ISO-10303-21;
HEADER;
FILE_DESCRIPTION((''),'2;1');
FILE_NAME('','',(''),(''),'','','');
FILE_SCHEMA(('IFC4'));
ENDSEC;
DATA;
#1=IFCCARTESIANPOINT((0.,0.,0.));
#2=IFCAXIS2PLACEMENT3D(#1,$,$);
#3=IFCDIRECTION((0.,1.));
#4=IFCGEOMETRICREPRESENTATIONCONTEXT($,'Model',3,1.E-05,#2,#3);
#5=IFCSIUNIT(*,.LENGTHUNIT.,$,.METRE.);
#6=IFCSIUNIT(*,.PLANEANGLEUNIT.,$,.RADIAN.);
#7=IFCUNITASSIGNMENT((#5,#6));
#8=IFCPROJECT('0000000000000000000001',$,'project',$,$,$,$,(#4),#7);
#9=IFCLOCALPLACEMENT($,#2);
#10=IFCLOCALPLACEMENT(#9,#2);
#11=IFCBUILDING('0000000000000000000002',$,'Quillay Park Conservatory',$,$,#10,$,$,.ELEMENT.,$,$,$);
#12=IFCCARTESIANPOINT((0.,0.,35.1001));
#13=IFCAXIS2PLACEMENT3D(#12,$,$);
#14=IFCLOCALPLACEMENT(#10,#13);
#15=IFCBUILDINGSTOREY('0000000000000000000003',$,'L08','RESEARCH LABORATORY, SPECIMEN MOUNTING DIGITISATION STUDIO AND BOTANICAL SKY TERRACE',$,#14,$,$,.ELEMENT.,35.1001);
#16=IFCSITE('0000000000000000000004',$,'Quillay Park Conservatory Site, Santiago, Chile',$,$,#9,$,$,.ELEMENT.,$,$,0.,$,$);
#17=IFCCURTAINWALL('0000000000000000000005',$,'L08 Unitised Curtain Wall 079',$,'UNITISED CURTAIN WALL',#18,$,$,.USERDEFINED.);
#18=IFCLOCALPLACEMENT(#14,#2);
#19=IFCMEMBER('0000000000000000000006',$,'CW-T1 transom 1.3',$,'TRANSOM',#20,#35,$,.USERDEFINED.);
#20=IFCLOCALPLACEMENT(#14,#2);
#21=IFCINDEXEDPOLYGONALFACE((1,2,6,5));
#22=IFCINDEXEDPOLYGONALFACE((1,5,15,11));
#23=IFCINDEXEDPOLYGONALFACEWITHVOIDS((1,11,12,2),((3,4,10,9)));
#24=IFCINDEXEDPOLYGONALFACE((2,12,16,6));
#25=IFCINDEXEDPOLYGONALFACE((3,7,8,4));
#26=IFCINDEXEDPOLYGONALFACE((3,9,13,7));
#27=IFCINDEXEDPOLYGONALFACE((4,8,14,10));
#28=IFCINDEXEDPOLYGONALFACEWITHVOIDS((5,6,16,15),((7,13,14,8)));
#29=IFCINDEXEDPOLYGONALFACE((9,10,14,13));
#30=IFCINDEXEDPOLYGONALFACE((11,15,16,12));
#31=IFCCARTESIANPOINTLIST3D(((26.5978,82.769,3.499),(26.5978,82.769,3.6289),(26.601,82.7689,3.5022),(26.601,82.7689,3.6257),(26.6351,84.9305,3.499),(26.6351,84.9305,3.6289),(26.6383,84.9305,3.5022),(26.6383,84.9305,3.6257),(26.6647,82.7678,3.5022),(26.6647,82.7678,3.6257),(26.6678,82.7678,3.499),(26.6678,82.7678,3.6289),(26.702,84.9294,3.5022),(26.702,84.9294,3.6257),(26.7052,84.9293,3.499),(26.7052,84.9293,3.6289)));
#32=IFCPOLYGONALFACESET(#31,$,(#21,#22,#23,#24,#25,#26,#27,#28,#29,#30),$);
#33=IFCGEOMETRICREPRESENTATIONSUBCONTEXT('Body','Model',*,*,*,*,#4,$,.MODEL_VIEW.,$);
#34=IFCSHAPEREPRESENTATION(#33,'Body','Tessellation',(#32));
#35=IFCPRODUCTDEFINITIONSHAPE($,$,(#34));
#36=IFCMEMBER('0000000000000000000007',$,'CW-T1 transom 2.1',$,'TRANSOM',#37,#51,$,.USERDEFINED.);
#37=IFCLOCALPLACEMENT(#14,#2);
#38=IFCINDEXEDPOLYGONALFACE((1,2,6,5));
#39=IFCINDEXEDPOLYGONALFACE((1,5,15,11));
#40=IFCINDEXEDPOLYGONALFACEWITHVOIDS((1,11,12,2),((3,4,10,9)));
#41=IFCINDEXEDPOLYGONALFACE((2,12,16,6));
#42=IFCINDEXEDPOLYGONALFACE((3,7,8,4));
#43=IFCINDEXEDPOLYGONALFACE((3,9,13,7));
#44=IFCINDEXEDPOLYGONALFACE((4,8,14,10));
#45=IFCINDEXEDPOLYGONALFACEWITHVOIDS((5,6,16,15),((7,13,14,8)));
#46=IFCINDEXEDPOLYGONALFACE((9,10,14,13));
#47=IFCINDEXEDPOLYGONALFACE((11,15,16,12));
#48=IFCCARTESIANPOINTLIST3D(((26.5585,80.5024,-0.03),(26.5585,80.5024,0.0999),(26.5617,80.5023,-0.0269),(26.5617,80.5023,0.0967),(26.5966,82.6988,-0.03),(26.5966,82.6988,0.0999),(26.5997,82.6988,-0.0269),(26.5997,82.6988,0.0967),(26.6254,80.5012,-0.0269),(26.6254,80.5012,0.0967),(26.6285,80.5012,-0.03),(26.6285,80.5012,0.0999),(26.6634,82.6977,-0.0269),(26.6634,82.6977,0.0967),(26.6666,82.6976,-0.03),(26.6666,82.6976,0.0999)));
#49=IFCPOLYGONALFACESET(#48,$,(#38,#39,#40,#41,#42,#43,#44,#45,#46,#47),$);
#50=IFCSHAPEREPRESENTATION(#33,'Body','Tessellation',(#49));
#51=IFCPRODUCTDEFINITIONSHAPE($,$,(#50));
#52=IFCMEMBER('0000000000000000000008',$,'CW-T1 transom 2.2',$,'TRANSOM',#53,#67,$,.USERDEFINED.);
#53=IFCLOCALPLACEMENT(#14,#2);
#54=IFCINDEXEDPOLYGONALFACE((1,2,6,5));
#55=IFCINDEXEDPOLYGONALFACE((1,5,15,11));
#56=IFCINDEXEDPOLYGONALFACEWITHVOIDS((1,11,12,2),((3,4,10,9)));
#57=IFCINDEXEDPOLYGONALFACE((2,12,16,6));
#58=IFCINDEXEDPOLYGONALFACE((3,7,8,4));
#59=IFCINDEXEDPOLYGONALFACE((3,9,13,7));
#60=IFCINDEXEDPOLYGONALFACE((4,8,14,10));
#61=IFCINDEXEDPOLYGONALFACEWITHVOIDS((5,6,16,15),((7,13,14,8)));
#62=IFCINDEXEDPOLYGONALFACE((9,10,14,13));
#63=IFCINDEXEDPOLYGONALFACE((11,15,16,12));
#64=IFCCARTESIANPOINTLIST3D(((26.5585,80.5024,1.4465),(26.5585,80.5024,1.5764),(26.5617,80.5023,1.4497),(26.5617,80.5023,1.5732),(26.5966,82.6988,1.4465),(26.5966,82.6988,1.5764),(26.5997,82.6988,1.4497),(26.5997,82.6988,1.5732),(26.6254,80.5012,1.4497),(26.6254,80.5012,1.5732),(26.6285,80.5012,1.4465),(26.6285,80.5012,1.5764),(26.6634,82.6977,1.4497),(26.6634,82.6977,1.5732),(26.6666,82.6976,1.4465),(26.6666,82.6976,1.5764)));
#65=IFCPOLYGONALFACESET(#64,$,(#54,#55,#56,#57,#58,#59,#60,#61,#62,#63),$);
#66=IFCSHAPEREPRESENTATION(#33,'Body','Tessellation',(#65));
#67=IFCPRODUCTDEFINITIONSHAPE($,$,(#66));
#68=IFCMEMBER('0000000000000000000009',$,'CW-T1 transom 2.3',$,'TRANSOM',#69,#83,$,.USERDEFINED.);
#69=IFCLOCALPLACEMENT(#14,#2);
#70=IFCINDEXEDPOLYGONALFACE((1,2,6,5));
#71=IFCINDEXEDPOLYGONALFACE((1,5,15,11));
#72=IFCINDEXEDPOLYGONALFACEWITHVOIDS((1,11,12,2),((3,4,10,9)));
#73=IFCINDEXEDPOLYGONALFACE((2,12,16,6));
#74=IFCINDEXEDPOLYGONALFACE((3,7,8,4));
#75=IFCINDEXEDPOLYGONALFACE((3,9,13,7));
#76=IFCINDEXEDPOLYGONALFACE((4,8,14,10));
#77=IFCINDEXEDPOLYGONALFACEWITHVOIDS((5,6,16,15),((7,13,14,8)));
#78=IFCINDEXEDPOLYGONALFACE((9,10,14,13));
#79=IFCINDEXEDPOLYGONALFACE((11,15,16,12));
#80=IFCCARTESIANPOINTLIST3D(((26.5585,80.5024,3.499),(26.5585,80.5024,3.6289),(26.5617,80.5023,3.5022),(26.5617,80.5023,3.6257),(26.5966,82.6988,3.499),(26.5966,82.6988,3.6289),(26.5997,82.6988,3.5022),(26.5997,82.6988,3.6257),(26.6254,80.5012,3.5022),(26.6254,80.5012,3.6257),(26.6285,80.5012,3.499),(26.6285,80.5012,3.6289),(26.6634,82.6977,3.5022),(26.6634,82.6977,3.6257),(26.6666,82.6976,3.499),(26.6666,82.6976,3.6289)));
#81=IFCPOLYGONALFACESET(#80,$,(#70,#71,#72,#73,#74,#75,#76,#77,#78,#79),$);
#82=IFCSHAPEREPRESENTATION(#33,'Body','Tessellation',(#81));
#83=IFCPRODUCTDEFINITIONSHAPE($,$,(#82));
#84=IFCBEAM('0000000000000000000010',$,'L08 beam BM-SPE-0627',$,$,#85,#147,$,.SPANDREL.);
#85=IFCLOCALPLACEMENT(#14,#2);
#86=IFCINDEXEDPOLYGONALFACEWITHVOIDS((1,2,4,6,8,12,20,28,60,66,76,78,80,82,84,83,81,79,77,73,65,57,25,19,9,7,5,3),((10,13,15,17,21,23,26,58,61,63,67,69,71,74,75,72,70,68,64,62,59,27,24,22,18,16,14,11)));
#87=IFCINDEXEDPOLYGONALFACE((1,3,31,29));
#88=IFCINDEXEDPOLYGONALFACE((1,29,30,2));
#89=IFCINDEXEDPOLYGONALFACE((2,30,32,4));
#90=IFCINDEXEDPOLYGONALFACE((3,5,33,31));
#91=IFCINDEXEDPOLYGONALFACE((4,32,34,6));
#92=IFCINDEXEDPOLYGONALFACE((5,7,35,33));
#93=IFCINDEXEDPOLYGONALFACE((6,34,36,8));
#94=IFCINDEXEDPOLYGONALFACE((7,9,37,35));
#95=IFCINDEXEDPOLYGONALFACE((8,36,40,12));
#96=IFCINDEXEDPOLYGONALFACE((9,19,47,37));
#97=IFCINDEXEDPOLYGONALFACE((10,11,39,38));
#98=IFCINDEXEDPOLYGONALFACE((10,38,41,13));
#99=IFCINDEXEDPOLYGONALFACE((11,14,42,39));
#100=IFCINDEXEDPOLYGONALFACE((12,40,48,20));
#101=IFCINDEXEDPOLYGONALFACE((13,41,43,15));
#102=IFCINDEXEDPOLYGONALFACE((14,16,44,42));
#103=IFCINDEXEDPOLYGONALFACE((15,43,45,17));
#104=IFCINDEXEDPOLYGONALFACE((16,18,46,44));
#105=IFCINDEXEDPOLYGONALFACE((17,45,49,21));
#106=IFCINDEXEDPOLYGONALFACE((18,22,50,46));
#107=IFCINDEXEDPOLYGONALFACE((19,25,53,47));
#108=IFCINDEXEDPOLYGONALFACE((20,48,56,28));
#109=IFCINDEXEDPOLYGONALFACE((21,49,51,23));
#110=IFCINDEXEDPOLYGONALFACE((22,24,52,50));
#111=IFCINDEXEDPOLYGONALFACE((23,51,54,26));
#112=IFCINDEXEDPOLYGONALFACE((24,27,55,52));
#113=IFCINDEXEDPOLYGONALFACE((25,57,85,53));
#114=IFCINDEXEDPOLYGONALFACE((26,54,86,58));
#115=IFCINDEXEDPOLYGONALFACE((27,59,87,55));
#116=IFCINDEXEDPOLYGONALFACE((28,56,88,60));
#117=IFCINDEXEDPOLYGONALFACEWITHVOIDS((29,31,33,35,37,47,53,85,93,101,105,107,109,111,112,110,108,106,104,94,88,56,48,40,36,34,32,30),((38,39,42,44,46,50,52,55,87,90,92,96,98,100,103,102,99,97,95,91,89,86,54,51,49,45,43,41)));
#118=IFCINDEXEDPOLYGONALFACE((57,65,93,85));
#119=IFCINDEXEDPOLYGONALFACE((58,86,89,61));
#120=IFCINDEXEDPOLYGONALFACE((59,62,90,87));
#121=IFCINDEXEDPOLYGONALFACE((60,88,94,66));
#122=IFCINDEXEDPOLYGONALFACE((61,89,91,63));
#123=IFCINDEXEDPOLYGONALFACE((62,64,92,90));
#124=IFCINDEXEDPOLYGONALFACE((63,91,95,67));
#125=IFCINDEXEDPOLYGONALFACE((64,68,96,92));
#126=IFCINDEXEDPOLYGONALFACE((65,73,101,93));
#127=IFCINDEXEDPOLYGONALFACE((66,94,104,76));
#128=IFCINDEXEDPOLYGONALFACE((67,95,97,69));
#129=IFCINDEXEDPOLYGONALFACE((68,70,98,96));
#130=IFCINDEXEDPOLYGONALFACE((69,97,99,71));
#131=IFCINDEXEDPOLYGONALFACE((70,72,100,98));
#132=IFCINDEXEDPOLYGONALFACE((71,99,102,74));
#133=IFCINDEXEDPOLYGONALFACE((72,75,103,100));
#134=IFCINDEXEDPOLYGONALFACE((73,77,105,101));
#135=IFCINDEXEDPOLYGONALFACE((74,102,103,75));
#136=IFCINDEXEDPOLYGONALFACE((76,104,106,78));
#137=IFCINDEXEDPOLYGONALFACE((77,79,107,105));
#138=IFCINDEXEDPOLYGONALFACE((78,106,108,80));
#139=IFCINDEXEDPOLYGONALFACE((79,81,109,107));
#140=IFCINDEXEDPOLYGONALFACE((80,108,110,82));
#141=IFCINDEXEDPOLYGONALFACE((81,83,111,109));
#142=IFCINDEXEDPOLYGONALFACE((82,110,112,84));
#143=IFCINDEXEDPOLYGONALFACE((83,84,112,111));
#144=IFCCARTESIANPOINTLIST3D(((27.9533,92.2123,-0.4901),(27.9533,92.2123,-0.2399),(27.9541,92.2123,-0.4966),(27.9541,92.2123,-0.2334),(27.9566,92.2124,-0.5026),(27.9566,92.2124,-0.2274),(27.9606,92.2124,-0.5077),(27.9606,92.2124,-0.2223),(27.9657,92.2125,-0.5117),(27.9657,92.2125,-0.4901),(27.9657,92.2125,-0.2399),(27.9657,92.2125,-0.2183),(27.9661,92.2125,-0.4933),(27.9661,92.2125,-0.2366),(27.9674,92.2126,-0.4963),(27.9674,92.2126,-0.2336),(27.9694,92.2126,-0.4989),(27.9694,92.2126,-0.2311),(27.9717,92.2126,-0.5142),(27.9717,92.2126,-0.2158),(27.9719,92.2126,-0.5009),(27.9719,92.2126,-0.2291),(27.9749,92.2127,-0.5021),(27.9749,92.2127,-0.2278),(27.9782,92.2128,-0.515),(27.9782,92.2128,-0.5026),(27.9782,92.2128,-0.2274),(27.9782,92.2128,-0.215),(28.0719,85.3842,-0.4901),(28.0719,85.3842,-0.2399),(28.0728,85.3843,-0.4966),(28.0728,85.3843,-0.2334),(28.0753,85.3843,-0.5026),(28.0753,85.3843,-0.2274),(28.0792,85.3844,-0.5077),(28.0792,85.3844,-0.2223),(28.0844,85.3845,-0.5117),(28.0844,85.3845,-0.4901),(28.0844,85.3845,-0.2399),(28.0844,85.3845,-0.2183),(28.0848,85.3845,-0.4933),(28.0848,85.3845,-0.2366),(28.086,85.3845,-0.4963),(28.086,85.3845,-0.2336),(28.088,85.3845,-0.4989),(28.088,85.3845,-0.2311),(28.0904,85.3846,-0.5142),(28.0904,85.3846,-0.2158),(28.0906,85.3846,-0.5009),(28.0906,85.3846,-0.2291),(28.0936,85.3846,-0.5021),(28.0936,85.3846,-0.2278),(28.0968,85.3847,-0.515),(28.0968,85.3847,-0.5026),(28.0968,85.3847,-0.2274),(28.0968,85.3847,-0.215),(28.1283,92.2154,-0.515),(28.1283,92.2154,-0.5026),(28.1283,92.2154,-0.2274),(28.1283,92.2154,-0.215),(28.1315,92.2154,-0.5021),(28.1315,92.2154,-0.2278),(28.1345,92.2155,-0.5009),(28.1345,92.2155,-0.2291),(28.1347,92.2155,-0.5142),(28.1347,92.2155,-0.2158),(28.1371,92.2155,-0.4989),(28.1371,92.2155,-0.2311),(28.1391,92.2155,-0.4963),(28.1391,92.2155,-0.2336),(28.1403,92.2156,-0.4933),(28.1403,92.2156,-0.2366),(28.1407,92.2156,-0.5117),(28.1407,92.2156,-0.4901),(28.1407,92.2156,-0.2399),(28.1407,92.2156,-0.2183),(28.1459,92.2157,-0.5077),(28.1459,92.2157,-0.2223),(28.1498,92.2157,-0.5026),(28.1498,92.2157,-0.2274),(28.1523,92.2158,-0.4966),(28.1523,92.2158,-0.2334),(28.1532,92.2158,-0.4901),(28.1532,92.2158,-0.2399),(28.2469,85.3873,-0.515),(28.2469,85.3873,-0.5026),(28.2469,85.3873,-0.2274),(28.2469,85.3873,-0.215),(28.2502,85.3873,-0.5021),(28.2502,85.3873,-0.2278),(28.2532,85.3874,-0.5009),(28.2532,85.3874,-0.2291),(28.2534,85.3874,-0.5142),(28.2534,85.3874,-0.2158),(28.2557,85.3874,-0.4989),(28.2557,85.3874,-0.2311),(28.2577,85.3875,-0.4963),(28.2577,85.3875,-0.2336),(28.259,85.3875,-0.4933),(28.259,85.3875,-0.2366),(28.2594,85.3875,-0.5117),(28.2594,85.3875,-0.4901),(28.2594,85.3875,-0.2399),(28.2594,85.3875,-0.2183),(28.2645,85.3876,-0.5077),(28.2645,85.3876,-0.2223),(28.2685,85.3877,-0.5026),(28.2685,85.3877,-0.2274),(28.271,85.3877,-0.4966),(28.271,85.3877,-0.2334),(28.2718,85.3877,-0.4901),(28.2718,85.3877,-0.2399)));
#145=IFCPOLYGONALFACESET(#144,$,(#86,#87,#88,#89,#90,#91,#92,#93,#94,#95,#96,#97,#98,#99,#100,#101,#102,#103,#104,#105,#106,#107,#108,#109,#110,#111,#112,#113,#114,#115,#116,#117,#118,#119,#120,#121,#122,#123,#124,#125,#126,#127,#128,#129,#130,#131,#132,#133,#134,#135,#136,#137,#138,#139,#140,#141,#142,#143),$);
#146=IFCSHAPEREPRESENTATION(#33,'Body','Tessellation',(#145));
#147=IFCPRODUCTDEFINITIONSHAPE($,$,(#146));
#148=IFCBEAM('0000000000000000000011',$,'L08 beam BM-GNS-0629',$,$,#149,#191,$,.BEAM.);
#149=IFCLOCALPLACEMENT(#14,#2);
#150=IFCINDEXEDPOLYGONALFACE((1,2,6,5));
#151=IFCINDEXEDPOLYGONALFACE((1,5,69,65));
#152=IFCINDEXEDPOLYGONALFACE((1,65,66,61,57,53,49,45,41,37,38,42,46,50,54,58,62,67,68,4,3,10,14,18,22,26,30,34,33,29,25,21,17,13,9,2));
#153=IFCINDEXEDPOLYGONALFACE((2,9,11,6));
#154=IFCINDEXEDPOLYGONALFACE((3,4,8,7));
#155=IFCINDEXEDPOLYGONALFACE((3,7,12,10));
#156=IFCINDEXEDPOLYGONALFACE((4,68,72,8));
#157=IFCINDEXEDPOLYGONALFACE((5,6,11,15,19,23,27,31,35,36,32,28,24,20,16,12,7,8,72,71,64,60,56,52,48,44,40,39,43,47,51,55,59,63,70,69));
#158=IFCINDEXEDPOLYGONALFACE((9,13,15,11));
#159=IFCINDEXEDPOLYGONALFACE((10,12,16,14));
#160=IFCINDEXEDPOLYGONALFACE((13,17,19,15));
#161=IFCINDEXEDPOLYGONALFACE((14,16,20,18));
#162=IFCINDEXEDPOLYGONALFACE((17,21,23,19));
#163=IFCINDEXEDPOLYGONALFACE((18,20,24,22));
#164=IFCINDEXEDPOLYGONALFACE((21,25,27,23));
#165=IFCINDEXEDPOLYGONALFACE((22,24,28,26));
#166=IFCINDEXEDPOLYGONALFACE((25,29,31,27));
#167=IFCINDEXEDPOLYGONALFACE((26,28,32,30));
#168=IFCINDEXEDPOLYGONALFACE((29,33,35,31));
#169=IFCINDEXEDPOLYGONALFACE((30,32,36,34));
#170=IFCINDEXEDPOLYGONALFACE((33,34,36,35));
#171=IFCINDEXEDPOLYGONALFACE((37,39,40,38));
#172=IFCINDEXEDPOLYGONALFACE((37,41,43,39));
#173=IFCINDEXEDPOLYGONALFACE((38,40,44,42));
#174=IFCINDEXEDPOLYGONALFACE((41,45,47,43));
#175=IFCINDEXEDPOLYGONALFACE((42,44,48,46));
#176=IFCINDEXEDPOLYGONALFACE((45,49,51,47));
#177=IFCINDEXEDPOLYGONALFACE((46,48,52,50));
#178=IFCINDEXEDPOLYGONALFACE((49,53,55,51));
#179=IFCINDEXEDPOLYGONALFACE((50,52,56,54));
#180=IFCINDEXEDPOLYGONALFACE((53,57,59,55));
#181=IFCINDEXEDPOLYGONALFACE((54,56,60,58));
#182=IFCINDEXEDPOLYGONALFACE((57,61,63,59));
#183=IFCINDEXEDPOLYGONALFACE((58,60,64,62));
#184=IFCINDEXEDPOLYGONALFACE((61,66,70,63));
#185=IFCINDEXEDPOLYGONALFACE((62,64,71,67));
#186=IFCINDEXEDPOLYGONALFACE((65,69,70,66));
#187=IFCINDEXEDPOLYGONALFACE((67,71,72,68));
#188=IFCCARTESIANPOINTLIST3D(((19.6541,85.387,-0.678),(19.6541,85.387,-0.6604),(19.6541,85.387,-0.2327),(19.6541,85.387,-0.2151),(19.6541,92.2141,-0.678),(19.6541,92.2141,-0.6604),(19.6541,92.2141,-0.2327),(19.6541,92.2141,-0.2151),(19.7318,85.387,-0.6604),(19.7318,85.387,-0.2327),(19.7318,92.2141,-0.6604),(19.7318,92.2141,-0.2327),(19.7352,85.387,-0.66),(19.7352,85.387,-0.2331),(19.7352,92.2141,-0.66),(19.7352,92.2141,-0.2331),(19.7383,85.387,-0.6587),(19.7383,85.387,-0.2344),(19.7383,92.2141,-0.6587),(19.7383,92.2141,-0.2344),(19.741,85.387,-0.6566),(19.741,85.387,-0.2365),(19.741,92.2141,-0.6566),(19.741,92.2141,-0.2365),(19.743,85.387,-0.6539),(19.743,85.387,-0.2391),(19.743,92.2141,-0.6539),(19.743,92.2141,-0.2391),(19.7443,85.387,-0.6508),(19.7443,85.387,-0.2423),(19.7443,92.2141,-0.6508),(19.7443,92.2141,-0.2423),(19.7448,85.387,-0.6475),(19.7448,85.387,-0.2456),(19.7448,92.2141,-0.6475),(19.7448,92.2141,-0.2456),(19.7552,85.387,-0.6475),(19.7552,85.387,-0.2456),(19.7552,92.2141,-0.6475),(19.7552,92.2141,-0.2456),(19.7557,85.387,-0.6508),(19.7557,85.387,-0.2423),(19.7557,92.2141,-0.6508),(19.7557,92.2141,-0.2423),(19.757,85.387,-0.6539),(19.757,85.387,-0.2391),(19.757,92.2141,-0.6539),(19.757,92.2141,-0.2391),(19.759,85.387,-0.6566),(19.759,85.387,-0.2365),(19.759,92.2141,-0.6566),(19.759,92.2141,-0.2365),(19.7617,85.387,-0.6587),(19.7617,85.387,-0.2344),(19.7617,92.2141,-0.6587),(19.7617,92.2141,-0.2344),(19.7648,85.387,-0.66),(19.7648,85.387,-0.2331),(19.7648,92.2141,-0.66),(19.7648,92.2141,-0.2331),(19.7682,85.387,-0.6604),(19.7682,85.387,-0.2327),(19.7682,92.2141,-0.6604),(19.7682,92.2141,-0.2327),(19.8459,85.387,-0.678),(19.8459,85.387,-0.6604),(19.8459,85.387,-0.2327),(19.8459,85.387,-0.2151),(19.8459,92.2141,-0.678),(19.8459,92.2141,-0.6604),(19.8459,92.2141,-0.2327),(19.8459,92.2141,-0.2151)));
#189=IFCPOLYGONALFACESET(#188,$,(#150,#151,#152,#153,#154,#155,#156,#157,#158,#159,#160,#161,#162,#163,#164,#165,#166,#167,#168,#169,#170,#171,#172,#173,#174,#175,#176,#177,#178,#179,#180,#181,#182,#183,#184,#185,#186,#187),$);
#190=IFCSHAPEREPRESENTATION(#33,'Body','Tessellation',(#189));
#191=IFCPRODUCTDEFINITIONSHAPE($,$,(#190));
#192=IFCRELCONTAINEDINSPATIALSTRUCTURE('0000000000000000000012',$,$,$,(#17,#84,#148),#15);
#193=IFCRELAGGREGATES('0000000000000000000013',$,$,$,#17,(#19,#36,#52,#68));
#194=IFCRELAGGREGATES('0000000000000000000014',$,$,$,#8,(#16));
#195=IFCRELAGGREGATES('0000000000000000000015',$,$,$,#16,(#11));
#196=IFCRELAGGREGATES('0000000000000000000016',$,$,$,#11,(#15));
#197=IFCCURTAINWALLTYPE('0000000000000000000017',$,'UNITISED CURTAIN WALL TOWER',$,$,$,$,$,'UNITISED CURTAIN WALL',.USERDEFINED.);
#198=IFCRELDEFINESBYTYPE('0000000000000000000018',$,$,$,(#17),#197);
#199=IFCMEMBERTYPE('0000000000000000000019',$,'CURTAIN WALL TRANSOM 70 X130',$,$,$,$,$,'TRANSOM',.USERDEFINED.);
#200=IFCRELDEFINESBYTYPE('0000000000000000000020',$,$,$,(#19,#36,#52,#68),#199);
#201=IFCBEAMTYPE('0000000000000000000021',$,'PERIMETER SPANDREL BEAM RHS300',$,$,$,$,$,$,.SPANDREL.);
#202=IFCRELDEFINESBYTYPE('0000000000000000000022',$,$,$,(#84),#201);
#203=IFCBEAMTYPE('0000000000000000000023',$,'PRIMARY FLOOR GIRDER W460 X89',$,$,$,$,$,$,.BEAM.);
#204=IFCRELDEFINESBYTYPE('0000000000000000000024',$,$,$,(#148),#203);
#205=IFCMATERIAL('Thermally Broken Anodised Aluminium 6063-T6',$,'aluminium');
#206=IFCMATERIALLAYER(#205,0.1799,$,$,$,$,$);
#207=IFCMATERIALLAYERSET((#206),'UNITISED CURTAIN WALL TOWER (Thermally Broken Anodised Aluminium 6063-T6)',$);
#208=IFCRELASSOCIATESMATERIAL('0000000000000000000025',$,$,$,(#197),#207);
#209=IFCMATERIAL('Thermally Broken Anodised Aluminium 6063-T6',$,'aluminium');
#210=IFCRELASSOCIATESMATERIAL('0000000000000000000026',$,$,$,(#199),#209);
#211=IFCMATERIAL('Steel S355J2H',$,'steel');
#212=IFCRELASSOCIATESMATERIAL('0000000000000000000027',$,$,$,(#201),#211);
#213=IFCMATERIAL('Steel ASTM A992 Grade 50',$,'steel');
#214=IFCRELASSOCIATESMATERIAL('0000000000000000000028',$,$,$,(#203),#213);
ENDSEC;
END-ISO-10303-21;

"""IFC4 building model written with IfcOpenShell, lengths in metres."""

from ifc_helpers import new_model, si_unit, direction, frame, origin, origin_2d, place, context, subcontext, project, spatial, hollow_rectangle, i_section, extrude, material, layer, layer_set, material_profile, profile_set, type_object, element, aggregate, save


model = new_model("IFC4")

# Units and contexts
model_context = context("Model", 3, precision=1e-05, world=origin(), true_north=direction((0.0, 1.0)))
body_context = subcontext(model_context, "Body", "Model", "MODEL_VIEW")
ifc_project = project(units=[si_unit("LENGTHUNIT", "METRE"), si_unit("PLANEANGLEUNIT", "RADIAN")], contexts=[model_context])

# Site, building, storey
site_placement = place(None, origin())
site = spatial("IfcSite", under=ifc_project, at=site_placement, Name="Quillay Park Conservatory Site, Santiago, Chile", CompositionType="ELEMENT", RefElevation=0.0)
building_placement = place(site_placement, origin())
building = spatial("IfcBuilding", under=site, at=building_placement, Name="Quillay Park Conservatory", CompositionType="ELEMENT")
storey_placement = place(building_placement, frame((0.0, 0.0, 35.1001)))
storey = spatial("IfcBuildingStorey", under=building, at=storey_placement, Name="L08", Description="RESEARCH LABORATORY, SPECIMEN MOUNTING DIGITISATION STUDIO AND BOTANICAL SKY TERRACE", CompositionType="ELEMENT", Elevation=35.1001)

# Curtain wall
ifc_material_1 = material(Name="Thermally Broken Anodised Aluminium 6063-T6", Category="aluminium")
ifc_layer_1 = layer(ifc_material_1, 0.1799)
ifc_layer_set_1 = layer_set([ifc_layer_1], Name="UNITISED CURTAIN WALL TOWER (Thermally Broken Anodised Aluminium 6063-T6)")
curtain_wall_type = type_object("IfcCurtainWallType", Name="UNITISED CURTAIN WALL TOWER", ElementType="UNITISED CURTAIN WALL", PredefinedType="USERDEFINED", material=ifc_layer_set_1)
curtain_wall_1_placement = place(storey_placement, origin())
curtain_wall_1 = element("IfcCurtainWall", 1, at=curtain_wall_1_placement, inside=storey, type_object=curtain_wall_type, Name="L08 Unitised Curtain Wall 079", ObjectType="UNITISED CURTAIN WALL", PredefinedType="USERDEFINED")

# Members
ifc_material_2 = material(Name="Thermally Broken Anodised Aluminium 6063-T6", Category="aluminium")
ifc_material_profile_1 = material_profile(ifc_material_2, hollow_rectangle(XDim=0.0701, YDim=0.1299, WallThickness=0.0032, at=origin_2d()), Name="AL70x130x3.2")
ifc_profile_set_1 = profile_set([ifc_material_profile_1], Name="Thermally Broken Anodised Aluminium 6063-T6")
member_type_1 = type_object("IfcMemberType", Name="CURTAIN WALL TRANSOM 70 X130", ElementType="TRANSOM", PredefinedType="USERDEFINED", material=ifc_profile_set_1)
member_1_placement = place(storey_placement, frame((26.6702, 84.9299, 3.564), z_axis=(-0.017278, -0.999851, 0.0), x_axis=(0.999851, -0.017278, 0.0)))
member_1 = element("IfcMember", 2, at=member_1_placement, type_object=member_type_1, Name="CW-T1 transom 1.3", ObjectType="TRANSOM", PredefinedType="USERDEFINED", context=body_context, shape_type="SweptSolid", body=[
    extrude(hollow_rectangle(XDim=0.0701, YDim=0.1299, WallThickness=0.0032, at=origin_2d()), origin(), (0.0, 0.0, 1.0), 2.1619),
])
member_2_placement = place(storey_placement, frame((26.6316, 82.6982, 0.0349), z_axis=(-0.017337, -0.99985, 0.0), x_axis=(0.99985, -0.017337, 0.0)))
member_2 = element("IfcMember", 3, at=member_2_placement, type_object=member_type_1, Name="CW-T1 transom 2.1", ObjectType="TRANSOM", PredefinedType="USERDEFINED", context=body_context, shape_type="SweptSolid", body=[
    extrude(hollow_rectangle(XDim=0.0701, YDim=0.1299, WallThickness=0.0032, at=origin_2d()), origin(), (0.0, 0.0, 1.0), 2.1968),
])
member_3_placement = place(storey_placement, frame((26.6316, 82.6982, 1.5115), z_axis=(-0.017337, -0.99985, 0.0), x_axis=(0.99985, -0.017337, 0.0)))
member_3 = element("IfcMember", 4, at=member_3_placement, type_object=member_type_1, Name="CW-T1 transom 2.2", ObjectType="TRANSOM", PredefinedType="USERDEFINED", context=body_context, shape_type="SweptSolid", body=[
    extrude(hollow_rectangle(XDim=0.0701, YDim=0.1299, WallThickness=0.0032, at=origin_2d()), origin(), (0.0, 0.0, 1.0), 2.1968),
])
member_4_placement = place(storey_placement, frame((26.6316, 82.6982, 3.564), z_axis=(-0.017337, -0.99985, 0.0), x_axis=(0.99985, -0.017337, 0.0)))
member_4 = element("IfcMember", 5, at=member_4_placement, type_object=member_type_1, Name="CW-T1 transom 2.3", ObjectType="TRANSOM", PredefinedType="USERDEFINED", context=body_context, shape_type="SweptSolid", body=[
    extrude(hollow_rectangle(XDim=0.0701, YDim=0.1299, WallThickness=0.0032, at=origin_2d()), origin(), (0.0, 0.0, 1.0), 2.1968),
])

# Beams
ifc_material_3 = material(Name="Steel S355J2H", Category="steel")
ifc_material_profile_2 = material_profile(ifc_material_3, hollow_rectangle(XDim=0.2, YDim=0.3, WallThickness=0.0125, InnerFilletRadius=0.0125, OuterFilletRadius=0.0249, at=origin_2d()), Name="RHS300x200x12.5")
ifc_profile_set_2 = profile_set([ifc_material_profile_2], Name="Steel S355J2H")
beam_type_1 = type_object("IfcBeamType", Name="PERIMETER SPANDREL BEAM RHS300", PredefinedType="SPANDREL", material=ifc_profile_set_2)
beam_1_placement = place(storey_placement, frame((28.1719, 85.386, -0.365), z_axis=(-0.017374, 0.999849, 0.0), x_axis=(-0.999849, -0.017374, 0.0)))
element("IfcBeam", 6, at=beam_1_placement, inside=storey, type_object=beam_type_1, Name="L08 beam BM-SPE-0627", PredefinedType="SPANDREL", context=body_context, shape_type="SweptSolid", body=[
    extrude(hollow_rectangle(XDim=0.2, YDim=0.3, WallThickness=0.0125, InnerFilletRadius=0.0125, OuterFilletRadius=0.0249, at=origin_2d()), origin(), (0.0, 0.0, 1.0), 6.8291),
])
ifc_material_4 = material(Name="Steel ASTM A992 Grade 50", Category="steel")
ifc_material_profile_3 = material_profile(ifc_material_4, i_section(OverallWidth=0.1919, OverallDepth=0.4629, WebThickness=0.0105, FlangeThickness=0.0176, FilletRadius=0.0129, at=origin_2d()), Name="W460x89")
ifc_profile_set_3 = profile_set([ifc_material_profile_3], Name="Steel ASTM A992 Grade 50")
beam_type_2 = type_object("IfcBeamType", Name="PRIMARY FLOOR GIRDER W460 X89", PredefinedType="BEAM", material=ifc_profile_set_3)
beam_2_placement = place(storey_placement, frame((19.75, 85.387, -0.4465), z_axis=(0.0, 1.0, 0.0), x_axis=(-1.0, 0.0, 0.0)))
element("IfcBeam", 7, at=beam_2_placement, inside=storey, type_object=beam_type_2, Name="L08 beam BM-GNS-0629", PredefinedType="BEAM", context=body_context, shape_type="SweptSolid", body=[
    extrude(i_section(OverallWidth=0.1919, OverallDepth=0.4629, WebThickness=0.0105, FlangeThickness=0.0176, FilletRadius=0.0129, at=origin_2d()), origin(), (0.0, 0.0, 1.0), 6.8271),
])

aggregate(curtain_wall_1, [member_1, member_2, member_3, member_4])

save(model, "model.ifc")
